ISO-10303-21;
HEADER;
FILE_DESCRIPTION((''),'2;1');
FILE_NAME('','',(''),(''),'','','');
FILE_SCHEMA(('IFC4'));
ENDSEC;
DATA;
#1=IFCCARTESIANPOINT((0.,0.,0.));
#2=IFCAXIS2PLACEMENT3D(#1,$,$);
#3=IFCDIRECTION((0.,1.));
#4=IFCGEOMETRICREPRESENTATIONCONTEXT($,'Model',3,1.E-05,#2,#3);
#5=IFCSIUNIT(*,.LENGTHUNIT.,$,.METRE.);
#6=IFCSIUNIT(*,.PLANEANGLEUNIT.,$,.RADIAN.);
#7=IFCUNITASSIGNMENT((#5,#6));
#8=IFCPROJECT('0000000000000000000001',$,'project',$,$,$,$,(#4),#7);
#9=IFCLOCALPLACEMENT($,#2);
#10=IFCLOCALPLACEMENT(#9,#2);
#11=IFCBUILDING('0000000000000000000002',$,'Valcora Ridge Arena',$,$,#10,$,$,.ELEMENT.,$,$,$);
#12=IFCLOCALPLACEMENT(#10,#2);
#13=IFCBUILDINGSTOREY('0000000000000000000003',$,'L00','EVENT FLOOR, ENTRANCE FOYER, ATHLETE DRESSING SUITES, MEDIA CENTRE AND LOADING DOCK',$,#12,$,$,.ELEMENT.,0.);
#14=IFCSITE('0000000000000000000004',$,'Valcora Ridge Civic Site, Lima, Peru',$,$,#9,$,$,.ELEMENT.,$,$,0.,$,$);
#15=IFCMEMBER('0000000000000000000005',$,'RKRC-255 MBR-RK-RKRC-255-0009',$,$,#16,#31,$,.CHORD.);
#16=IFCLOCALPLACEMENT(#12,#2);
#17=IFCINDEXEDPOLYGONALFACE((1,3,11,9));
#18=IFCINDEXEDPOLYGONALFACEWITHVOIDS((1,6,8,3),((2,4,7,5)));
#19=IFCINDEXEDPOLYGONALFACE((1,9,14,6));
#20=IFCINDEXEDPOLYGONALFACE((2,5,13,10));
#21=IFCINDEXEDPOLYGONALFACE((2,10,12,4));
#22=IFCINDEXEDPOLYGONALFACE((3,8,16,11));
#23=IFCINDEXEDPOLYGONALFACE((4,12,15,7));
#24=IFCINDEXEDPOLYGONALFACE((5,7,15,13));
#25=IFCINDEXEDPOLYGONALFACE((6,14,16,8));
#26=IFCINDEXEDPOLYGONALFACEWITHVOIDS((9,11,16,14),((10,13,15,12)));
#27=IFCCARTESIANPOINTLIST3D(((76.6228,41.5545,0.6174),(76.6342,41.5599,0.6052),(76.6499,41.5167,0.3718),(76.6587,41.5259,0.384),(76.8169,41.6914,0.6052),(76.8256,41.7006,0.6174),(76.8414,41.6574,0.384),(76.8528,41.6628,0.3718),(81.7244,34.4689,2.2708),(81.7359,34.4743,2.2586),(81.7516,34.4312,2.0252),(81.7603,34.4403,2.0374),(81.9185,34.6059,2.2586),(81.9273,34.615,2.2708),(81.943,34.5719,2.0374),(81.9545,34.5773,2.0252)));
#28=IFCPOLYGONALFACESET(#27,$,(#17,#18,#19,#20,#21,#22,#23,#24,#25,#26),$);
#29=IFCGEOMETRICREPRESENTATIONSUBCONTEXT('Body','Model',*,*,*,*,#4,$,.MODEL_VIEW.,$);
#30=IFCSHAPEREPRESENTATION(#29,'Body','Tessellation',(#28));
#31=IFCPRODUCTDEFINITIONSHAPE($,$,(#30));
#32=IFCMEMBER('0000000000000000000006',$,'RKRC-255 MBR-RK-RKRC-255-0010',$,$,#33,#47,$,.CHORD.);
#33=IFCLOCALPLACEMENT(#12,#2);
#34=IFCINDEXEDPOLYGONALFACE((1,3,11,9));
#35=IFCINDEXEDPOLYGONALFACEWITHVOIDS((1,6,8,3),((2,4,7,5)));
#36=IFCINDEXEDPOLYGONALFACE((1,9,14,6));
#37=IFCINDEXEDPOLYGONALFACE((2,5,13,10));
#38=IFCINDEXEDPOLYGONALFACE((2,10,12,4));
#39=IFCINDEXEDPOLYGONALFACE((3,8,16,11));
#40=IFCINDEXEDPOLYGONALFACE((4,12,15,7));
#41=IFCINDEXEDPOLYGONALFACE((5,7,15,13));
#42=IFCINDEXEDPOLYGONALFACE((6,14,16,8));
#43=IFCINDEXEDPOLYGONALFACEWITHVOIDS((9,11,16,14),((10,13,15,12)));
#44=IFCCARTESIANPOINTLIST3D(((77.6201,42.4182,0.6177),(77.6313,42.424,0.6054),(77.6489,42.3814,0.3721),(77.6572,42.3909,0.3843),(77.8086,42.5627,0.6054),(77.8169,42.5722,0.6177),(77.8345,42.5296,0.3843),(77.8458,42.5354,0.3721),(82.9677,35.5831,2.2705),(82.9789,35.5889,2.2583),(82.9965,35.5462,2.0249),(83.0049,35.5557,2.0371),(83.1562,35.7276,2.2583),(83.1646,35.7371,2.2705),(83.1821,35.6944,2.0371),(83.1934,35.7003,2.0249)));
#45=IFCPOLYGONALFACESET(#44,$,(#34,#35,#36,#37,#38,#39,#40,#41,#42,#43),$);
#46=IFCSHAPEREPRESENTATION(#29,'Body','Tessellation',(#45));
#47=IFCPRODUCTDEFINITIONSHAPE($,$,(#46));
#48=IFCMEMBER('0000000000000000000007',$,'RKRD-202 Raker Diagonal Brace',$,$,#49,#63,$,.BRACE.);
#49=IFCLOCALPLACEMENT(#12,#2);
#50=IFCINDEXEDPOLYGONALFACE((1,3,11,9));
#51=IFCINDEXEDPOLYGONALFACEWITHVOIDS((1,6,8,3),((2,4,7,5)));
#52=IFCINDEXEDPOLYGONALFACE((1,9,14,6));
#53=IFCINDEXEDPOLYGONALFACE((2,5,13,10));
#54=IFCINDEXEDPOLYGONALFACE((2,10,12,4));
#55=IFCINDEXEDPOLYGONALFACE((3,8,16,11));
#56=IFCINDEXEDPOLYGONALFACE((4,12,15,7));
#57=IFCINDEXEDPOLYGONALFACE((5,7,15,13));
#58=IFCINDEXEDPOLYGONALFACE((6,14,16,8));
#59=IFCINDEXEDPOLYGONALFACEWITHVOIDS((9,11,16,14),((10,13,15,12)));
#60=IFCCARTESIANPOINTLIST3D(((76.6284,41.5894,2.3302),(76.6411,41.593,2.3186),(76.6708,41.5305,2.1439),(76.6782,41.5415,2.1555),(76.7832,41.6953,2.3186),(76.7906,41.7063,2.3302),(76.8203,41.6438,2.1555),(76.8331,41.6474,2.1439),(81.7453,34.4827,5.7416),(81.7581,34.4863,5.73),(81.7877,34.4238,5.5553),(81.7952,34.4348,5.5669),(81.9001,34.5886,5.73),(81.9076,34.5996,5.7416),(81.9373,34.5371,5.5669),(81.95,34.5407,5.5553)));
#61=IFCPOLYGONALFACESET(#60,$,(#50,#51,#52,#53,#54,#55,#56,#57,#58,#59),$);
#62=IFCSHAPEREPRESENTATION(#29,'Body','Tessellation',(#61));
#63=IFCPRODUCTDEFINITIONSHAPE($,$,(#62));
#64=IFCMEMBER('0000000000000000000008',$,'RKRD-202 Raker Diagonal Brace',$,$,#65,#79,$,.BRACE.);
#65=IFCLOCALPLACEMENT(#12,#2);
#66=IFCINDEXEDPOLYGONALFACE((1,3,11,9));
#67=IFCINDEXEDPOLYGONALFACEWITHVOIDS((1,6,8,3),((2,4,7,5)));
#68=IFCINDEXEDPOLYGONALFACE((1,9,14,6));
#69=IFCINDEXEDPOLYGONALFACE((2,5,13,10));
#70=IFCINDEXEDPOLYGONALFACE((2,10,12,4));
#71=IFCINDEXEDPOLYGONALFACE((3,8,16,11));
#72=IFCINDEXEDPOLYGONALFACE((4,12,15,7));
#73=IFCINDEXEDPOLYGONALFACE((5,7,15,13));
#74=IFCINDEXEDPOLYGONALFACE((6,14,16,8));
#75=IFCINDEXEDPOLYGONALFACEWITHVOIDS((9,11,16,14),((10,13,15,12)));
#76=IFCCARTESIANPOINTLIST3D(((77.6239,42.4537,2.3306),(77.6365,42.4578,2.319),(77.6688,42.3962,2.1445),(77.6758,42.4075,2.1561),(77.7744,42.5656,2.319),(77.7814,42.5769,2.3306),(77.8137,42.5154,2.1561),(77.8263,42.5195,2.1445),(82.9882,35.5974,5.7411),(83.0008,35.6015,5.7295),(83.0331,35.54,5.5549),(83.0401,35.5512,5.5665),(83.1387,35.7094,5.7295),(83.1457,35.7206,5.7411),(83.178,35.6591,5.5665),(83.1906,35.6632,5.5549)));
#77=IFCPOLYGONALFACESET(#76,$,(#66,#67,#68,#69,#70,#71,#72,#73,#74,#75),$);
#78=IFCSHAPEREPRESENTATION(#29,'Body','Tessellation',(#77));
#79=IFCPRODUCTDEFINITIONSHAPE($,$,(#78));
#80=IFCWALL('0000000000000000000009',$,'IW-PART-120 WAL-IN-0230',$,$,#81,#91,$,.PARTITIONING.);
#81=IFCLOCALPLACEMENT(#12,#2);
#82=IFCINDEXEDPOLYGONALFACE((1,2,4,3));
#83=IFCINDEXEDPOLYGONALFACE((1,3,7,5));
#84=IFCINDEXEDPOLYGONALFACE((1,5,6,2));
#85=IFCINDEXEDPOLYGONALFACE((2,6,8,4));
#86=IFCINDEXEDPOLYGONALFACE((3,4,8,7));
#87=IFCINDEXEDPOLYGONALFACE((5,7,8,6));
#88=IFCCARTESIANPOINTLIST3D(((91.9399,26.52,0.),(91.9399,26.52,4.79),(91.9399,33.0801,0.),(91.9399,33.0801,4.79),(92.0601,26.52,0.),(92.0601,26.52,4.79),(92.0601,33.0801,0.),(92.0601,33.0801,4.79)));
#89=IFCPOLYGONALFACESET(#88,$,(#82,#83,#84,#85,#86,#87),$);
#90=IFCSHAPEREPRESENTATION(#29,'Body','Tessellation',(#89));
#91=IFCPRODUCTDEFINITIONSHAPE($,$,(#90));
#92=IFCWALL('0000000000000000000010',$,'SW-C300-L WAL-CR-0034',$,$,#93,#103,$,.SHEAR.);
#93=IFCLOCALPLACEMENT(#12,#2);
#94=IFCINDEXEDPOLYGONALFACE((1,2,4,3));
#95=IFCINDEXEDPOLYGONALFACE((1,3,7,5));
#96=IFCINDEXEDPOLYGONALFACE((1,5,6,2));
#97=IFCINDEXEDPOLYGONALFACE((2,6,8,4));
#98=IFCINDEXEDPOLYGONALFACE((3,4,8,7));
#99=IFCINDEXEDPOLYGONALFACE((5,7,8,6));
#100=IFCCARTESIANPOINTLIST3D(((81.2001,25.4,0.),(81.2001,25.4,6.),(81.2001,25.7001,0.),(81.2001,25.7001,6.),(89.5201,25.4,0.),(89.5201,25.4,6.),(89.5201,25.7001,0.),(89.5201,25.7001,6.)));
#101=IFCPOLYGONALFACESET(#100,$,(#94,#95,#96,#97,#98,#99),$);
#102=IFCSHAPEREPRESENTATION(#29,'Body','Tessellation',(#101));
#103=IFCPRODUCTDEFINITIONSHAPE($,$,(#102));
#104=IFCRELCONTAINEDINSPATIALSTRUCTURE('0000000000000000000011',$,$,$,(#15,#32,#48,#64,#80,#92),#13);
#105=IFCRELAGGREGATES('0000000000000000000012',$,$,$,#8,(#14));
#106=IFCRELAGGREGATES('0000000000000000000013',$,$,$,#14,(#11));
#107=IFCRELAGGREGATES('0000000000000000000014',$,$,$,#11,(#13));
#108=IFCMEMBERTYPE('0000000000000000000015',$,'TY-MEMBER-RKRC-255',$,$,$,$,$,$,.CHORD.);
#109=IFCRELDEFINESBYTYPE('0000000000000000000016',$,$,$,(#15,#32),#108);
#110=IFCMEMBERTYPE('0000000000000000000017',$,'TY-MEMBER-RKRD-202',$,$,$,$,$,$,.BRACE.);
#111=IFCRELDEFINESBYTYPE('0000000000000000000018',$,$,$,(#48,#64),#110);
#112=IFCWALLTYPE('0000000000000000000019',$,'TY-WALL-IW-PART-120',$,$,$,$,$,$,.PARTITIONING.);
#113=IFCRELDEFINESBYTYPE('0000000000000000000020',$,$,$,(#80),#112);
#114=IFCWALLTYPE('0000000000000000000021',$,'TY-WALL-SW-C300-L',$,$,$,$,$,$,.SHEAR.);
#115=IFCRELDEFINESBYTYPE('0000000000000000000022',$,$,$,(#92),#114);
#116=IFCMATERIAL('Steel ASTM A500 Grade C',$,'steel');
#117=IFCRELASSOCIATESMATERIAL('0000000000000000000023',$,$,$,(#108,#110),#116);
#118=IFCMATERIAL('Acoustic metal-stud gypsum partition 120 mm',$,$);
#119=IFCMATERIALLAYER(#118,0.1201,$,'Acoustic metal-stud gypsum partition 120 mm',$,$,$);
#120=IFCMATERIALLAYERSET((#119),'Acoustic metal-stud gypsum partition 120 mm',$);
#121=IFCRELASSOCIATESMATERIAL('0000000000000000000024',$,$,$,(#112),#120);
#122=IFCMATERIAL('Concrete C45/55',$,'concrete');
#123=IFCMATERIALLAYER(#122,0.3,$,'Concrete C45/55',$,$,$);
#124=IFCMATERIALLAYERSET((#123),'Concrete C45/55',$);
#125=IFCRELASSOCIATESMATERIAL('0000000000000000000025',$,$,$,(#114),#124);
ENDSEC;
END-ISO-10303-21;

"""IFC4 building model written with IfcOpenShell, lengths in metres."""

from ifc_helpers import new_model, si_unit, direction, frame, frame_2d, origin, origin_2d, place, context, subcontext, project, spatial, rectangle, hollow_rectangle, extrude, material, layer, layer_set, material_profile, profile_set, type_object, element, save


model = new_model("IFC4")

# Units and contexts
model_context = context("Model", 3, precision=1e-05, world=origin(), true_north=direction((0.0, 1.0)))
body_context = subcontext(model_context, "Body", "Model", "MODEL_VIEW")
ifc_project = project(units=[si_unit("LENGTHUNIT", "METRE"), si_unit("PLANEANGLEUNIT", "RADIAN")], contexts=[model_context])

# Site, building, storey
site_placement = place(None, origin())
site = spatial("IfcSite", under=ifc_project, at=site_placement, Name="Valcora Ridge Civic Site, Lima, Peru", CompositionType="ELEMENT", RefElevation=0.0)
building_placement = place(site_placement, origin())
building = spatial("IfcBuilding", under=site, at=building_placement, Name="Valcora Ridge Arena", CompositionType="ELEMENT")
storey_placement = place(building_placement, origin())
storey = spatial("IfcBuildingStorey", under=building, at=storey_placement, Name="L00", Description="EVENT FLOOR, ENTRANCE FOYER, ATHLETE DRESSING SUITES, MEDIA CENTRE AND LOADING DOCK", CompositionType="ELEMENT", Elevation=0.0)

# Members
ifc_material_1 = material(Name="Steel ASTM A500 Grade C", Category="steel")
ifc_material_profile_1 = material_profile(ifc_material_1, hollow_rectangle(XDim=0.25, YDim=0.25, WallThickness=0.0125, at=origin_2d()), Name="HSS250X250X12")
ifc_profile_set_1 = profile_set([ifc_material_profile_1], Name="Steel ASTM A500 Grade C")
member_type_1 = type_object("IfcMemberType", Name="TY-MEMBER-RKRC-255", PredefinedType="CHORD", material=ifc_profile_set_1)
member_1_placement = place(storey_placement, frame((76.7378, 41.6086, 0.4946), z_axis=(0.574105, -0.797362, 0.186057), x_axis=(0.811532, 0.584308, 0.0)))
element("IfcMember", 1, at=member_1_placement, inside=storey, type_object=member_type_1, Name="RKRC-255 MBR-RK-RKRC-255-0009", PredefinedType="CHORD", context=body_context, shape_type="SweptSolid", body=[
    extrude(hollow_rectangle(XDim=0.25, YDim=0.25, WallThickness=0.0125, at=origin_2d()), origin(), (0.0, 0.0, 1.0), 8.8862),
])
member_2_placement = place(storey_placement, frame((77.7329, 42.4768, 0.4949), z_axis=(0.605312, -0.77369, 0.187087), x_axis=(0.787596, 0.616191, 0.0)))
element("IfcMember", 2, at=member_2_placement, inside=storey, type_object=member_type_1, Name="RKRC-255 MBR-RK-RKRC-255-0010", PredefinedType="CHORD", context=body_context, shape_type="SweptSolid", body=[
    extrude(hollow_rectangle(XDim=0.25, YDim=0.25, WallThickness=0.0125, at=origin_2d()), origin(), (0.0, 0.0, 1.0), 8.8345),
])
ifc_material_profile_2 = material_profile(ifc_material_1, hollow_rectangle(XDim=0.2, YDim=0.2, WallThickness=0.0125, at=origin_2d()), Name="HSS200X200X12")
ifc_profile_set_2 = profile_set([ifc_material_profile_2], Name="Steel ASTM A500 Grade C")
member_type_2 = type_object("IfcMemberType", Name="TY-MEMBER-RKRD-202", PredefinedType="BRACE", material=ifc_profile_set_2)
member_3_placement = place(storey_placement, frame((76.7307, 41.6184, 2.2371), z_axis=(0.544462, -0.756178, 0.362983), x_axis=(0.811527, 0.584314, 0.0)))
element("IfcMember", 3, at=member_3_placement, inside=storey, type_object=member_type_2, Name="RKRD-202 Raker Diagonal Brace", PredefinedType="BRACE", context=body_context, shape_type="SweptSolid", body=[
    extrude(hollow_rectangle(XDim=0.2, YDim=0.2, WallThickness=0.0125, at=origin_2d()), origin(), (0.0, 0.0, 1.0), 9.3982),
])
member_4_placement = place(storey_placement, frame((77.7251, 42.4866, 2.2375), z_axis=(0.573747, -0.733321, 0.364767), x_axis=(0.787587, 0.616204, 0.0)))
element("IfcMember", 4, at=member_4_placement, inside=storey, type_object=member_type_2, Name="RKRD-202 Raker Diagonal Brace", PredefinedType="BRACE", context=body_context, shape_type="SweptSolid", body=[
    extrude(hollow_rectangle(XDim=0.2, YDim=0.2, WallThickness=0.0125, at=origin_2d()), origin(), (0.0, 0.0, 1.0), 9.3496),
])

# Walls
ifc_material_2 = material(Name="Acoustic metal-stud gypsum partition 120 mm")
ifc_layer_1 = layer(ifc_material_2, 0.1201, Name="Acoustic metal-stud gypsum partition 120 mm")
ifc_layer_set_1 = layer_set([ifc_layer_1], Name="Acoustic metal-stud gypsum partition 120 mm")
wall_type_1 = type_object("IfcWallType", Name="TY-WALL-IW-PART-120", PredefinedType="PARTITIONING", material=ifc_layer_set_1)
wall_1_placement = place(storey_placement, frame((92.0, 26.52, 0.0), z_axis=(0.0, 0.0, 1.0), x_axis=(0.0, 1.0, 0.0)))
element("IfcWall", 5, at=wall_1_placement, inside=storey, type_object=wall_type_1, Name="IW-PART-120 WAL-IN-0230", PredefinedType="PARTITIONING", context=body_context, shape_type="SweptSolid", body=[
    extrude(rectangle(XDim=6.5601, YDim=0.1201, at=frame_2d((3.28, 0.0))), origin(), (0.0, 0.0, 1.0), 4.79),
])
ifc_material_3 = material(Name="Concrete C45/55", Category="concrete")
ifc_layer_2 = layer(ifc_material_3, 0.3, Name="Concrete C45/55")
ifc_layer_set_2 = layer_set([ifc_layer_2], Name="Concrete C45/55")
wall_type_2 = type_object("IfcWallType", Name="TY-WALL-SW-C300-L", PredefinedType="SHEAR", material=ifc_layer_set_2)
wall_2_placement = place(storey_placement, frame((81.2, 25.55, 0.0), z_axis=(0.0, 0.0, 1.0), x_axis=(1.0, 0.0, 0.0)))
element("IfcWall", 6, at=wall_2_placement, inside=storey, type_object=wall_type_2, Name="SW-C300-L WAL-CR-0034", PredefinedType="SHEAR", context=body_context, shape_type="SweptSolid", body=[
    extrude(rectangle(XDim=8.3201, YDim=0.3, at=frame_2d((4.1602, 0.0))), origin(), (0.0, 0.0, 1.0), 6.0),
])

save(model, "model.ifc")
